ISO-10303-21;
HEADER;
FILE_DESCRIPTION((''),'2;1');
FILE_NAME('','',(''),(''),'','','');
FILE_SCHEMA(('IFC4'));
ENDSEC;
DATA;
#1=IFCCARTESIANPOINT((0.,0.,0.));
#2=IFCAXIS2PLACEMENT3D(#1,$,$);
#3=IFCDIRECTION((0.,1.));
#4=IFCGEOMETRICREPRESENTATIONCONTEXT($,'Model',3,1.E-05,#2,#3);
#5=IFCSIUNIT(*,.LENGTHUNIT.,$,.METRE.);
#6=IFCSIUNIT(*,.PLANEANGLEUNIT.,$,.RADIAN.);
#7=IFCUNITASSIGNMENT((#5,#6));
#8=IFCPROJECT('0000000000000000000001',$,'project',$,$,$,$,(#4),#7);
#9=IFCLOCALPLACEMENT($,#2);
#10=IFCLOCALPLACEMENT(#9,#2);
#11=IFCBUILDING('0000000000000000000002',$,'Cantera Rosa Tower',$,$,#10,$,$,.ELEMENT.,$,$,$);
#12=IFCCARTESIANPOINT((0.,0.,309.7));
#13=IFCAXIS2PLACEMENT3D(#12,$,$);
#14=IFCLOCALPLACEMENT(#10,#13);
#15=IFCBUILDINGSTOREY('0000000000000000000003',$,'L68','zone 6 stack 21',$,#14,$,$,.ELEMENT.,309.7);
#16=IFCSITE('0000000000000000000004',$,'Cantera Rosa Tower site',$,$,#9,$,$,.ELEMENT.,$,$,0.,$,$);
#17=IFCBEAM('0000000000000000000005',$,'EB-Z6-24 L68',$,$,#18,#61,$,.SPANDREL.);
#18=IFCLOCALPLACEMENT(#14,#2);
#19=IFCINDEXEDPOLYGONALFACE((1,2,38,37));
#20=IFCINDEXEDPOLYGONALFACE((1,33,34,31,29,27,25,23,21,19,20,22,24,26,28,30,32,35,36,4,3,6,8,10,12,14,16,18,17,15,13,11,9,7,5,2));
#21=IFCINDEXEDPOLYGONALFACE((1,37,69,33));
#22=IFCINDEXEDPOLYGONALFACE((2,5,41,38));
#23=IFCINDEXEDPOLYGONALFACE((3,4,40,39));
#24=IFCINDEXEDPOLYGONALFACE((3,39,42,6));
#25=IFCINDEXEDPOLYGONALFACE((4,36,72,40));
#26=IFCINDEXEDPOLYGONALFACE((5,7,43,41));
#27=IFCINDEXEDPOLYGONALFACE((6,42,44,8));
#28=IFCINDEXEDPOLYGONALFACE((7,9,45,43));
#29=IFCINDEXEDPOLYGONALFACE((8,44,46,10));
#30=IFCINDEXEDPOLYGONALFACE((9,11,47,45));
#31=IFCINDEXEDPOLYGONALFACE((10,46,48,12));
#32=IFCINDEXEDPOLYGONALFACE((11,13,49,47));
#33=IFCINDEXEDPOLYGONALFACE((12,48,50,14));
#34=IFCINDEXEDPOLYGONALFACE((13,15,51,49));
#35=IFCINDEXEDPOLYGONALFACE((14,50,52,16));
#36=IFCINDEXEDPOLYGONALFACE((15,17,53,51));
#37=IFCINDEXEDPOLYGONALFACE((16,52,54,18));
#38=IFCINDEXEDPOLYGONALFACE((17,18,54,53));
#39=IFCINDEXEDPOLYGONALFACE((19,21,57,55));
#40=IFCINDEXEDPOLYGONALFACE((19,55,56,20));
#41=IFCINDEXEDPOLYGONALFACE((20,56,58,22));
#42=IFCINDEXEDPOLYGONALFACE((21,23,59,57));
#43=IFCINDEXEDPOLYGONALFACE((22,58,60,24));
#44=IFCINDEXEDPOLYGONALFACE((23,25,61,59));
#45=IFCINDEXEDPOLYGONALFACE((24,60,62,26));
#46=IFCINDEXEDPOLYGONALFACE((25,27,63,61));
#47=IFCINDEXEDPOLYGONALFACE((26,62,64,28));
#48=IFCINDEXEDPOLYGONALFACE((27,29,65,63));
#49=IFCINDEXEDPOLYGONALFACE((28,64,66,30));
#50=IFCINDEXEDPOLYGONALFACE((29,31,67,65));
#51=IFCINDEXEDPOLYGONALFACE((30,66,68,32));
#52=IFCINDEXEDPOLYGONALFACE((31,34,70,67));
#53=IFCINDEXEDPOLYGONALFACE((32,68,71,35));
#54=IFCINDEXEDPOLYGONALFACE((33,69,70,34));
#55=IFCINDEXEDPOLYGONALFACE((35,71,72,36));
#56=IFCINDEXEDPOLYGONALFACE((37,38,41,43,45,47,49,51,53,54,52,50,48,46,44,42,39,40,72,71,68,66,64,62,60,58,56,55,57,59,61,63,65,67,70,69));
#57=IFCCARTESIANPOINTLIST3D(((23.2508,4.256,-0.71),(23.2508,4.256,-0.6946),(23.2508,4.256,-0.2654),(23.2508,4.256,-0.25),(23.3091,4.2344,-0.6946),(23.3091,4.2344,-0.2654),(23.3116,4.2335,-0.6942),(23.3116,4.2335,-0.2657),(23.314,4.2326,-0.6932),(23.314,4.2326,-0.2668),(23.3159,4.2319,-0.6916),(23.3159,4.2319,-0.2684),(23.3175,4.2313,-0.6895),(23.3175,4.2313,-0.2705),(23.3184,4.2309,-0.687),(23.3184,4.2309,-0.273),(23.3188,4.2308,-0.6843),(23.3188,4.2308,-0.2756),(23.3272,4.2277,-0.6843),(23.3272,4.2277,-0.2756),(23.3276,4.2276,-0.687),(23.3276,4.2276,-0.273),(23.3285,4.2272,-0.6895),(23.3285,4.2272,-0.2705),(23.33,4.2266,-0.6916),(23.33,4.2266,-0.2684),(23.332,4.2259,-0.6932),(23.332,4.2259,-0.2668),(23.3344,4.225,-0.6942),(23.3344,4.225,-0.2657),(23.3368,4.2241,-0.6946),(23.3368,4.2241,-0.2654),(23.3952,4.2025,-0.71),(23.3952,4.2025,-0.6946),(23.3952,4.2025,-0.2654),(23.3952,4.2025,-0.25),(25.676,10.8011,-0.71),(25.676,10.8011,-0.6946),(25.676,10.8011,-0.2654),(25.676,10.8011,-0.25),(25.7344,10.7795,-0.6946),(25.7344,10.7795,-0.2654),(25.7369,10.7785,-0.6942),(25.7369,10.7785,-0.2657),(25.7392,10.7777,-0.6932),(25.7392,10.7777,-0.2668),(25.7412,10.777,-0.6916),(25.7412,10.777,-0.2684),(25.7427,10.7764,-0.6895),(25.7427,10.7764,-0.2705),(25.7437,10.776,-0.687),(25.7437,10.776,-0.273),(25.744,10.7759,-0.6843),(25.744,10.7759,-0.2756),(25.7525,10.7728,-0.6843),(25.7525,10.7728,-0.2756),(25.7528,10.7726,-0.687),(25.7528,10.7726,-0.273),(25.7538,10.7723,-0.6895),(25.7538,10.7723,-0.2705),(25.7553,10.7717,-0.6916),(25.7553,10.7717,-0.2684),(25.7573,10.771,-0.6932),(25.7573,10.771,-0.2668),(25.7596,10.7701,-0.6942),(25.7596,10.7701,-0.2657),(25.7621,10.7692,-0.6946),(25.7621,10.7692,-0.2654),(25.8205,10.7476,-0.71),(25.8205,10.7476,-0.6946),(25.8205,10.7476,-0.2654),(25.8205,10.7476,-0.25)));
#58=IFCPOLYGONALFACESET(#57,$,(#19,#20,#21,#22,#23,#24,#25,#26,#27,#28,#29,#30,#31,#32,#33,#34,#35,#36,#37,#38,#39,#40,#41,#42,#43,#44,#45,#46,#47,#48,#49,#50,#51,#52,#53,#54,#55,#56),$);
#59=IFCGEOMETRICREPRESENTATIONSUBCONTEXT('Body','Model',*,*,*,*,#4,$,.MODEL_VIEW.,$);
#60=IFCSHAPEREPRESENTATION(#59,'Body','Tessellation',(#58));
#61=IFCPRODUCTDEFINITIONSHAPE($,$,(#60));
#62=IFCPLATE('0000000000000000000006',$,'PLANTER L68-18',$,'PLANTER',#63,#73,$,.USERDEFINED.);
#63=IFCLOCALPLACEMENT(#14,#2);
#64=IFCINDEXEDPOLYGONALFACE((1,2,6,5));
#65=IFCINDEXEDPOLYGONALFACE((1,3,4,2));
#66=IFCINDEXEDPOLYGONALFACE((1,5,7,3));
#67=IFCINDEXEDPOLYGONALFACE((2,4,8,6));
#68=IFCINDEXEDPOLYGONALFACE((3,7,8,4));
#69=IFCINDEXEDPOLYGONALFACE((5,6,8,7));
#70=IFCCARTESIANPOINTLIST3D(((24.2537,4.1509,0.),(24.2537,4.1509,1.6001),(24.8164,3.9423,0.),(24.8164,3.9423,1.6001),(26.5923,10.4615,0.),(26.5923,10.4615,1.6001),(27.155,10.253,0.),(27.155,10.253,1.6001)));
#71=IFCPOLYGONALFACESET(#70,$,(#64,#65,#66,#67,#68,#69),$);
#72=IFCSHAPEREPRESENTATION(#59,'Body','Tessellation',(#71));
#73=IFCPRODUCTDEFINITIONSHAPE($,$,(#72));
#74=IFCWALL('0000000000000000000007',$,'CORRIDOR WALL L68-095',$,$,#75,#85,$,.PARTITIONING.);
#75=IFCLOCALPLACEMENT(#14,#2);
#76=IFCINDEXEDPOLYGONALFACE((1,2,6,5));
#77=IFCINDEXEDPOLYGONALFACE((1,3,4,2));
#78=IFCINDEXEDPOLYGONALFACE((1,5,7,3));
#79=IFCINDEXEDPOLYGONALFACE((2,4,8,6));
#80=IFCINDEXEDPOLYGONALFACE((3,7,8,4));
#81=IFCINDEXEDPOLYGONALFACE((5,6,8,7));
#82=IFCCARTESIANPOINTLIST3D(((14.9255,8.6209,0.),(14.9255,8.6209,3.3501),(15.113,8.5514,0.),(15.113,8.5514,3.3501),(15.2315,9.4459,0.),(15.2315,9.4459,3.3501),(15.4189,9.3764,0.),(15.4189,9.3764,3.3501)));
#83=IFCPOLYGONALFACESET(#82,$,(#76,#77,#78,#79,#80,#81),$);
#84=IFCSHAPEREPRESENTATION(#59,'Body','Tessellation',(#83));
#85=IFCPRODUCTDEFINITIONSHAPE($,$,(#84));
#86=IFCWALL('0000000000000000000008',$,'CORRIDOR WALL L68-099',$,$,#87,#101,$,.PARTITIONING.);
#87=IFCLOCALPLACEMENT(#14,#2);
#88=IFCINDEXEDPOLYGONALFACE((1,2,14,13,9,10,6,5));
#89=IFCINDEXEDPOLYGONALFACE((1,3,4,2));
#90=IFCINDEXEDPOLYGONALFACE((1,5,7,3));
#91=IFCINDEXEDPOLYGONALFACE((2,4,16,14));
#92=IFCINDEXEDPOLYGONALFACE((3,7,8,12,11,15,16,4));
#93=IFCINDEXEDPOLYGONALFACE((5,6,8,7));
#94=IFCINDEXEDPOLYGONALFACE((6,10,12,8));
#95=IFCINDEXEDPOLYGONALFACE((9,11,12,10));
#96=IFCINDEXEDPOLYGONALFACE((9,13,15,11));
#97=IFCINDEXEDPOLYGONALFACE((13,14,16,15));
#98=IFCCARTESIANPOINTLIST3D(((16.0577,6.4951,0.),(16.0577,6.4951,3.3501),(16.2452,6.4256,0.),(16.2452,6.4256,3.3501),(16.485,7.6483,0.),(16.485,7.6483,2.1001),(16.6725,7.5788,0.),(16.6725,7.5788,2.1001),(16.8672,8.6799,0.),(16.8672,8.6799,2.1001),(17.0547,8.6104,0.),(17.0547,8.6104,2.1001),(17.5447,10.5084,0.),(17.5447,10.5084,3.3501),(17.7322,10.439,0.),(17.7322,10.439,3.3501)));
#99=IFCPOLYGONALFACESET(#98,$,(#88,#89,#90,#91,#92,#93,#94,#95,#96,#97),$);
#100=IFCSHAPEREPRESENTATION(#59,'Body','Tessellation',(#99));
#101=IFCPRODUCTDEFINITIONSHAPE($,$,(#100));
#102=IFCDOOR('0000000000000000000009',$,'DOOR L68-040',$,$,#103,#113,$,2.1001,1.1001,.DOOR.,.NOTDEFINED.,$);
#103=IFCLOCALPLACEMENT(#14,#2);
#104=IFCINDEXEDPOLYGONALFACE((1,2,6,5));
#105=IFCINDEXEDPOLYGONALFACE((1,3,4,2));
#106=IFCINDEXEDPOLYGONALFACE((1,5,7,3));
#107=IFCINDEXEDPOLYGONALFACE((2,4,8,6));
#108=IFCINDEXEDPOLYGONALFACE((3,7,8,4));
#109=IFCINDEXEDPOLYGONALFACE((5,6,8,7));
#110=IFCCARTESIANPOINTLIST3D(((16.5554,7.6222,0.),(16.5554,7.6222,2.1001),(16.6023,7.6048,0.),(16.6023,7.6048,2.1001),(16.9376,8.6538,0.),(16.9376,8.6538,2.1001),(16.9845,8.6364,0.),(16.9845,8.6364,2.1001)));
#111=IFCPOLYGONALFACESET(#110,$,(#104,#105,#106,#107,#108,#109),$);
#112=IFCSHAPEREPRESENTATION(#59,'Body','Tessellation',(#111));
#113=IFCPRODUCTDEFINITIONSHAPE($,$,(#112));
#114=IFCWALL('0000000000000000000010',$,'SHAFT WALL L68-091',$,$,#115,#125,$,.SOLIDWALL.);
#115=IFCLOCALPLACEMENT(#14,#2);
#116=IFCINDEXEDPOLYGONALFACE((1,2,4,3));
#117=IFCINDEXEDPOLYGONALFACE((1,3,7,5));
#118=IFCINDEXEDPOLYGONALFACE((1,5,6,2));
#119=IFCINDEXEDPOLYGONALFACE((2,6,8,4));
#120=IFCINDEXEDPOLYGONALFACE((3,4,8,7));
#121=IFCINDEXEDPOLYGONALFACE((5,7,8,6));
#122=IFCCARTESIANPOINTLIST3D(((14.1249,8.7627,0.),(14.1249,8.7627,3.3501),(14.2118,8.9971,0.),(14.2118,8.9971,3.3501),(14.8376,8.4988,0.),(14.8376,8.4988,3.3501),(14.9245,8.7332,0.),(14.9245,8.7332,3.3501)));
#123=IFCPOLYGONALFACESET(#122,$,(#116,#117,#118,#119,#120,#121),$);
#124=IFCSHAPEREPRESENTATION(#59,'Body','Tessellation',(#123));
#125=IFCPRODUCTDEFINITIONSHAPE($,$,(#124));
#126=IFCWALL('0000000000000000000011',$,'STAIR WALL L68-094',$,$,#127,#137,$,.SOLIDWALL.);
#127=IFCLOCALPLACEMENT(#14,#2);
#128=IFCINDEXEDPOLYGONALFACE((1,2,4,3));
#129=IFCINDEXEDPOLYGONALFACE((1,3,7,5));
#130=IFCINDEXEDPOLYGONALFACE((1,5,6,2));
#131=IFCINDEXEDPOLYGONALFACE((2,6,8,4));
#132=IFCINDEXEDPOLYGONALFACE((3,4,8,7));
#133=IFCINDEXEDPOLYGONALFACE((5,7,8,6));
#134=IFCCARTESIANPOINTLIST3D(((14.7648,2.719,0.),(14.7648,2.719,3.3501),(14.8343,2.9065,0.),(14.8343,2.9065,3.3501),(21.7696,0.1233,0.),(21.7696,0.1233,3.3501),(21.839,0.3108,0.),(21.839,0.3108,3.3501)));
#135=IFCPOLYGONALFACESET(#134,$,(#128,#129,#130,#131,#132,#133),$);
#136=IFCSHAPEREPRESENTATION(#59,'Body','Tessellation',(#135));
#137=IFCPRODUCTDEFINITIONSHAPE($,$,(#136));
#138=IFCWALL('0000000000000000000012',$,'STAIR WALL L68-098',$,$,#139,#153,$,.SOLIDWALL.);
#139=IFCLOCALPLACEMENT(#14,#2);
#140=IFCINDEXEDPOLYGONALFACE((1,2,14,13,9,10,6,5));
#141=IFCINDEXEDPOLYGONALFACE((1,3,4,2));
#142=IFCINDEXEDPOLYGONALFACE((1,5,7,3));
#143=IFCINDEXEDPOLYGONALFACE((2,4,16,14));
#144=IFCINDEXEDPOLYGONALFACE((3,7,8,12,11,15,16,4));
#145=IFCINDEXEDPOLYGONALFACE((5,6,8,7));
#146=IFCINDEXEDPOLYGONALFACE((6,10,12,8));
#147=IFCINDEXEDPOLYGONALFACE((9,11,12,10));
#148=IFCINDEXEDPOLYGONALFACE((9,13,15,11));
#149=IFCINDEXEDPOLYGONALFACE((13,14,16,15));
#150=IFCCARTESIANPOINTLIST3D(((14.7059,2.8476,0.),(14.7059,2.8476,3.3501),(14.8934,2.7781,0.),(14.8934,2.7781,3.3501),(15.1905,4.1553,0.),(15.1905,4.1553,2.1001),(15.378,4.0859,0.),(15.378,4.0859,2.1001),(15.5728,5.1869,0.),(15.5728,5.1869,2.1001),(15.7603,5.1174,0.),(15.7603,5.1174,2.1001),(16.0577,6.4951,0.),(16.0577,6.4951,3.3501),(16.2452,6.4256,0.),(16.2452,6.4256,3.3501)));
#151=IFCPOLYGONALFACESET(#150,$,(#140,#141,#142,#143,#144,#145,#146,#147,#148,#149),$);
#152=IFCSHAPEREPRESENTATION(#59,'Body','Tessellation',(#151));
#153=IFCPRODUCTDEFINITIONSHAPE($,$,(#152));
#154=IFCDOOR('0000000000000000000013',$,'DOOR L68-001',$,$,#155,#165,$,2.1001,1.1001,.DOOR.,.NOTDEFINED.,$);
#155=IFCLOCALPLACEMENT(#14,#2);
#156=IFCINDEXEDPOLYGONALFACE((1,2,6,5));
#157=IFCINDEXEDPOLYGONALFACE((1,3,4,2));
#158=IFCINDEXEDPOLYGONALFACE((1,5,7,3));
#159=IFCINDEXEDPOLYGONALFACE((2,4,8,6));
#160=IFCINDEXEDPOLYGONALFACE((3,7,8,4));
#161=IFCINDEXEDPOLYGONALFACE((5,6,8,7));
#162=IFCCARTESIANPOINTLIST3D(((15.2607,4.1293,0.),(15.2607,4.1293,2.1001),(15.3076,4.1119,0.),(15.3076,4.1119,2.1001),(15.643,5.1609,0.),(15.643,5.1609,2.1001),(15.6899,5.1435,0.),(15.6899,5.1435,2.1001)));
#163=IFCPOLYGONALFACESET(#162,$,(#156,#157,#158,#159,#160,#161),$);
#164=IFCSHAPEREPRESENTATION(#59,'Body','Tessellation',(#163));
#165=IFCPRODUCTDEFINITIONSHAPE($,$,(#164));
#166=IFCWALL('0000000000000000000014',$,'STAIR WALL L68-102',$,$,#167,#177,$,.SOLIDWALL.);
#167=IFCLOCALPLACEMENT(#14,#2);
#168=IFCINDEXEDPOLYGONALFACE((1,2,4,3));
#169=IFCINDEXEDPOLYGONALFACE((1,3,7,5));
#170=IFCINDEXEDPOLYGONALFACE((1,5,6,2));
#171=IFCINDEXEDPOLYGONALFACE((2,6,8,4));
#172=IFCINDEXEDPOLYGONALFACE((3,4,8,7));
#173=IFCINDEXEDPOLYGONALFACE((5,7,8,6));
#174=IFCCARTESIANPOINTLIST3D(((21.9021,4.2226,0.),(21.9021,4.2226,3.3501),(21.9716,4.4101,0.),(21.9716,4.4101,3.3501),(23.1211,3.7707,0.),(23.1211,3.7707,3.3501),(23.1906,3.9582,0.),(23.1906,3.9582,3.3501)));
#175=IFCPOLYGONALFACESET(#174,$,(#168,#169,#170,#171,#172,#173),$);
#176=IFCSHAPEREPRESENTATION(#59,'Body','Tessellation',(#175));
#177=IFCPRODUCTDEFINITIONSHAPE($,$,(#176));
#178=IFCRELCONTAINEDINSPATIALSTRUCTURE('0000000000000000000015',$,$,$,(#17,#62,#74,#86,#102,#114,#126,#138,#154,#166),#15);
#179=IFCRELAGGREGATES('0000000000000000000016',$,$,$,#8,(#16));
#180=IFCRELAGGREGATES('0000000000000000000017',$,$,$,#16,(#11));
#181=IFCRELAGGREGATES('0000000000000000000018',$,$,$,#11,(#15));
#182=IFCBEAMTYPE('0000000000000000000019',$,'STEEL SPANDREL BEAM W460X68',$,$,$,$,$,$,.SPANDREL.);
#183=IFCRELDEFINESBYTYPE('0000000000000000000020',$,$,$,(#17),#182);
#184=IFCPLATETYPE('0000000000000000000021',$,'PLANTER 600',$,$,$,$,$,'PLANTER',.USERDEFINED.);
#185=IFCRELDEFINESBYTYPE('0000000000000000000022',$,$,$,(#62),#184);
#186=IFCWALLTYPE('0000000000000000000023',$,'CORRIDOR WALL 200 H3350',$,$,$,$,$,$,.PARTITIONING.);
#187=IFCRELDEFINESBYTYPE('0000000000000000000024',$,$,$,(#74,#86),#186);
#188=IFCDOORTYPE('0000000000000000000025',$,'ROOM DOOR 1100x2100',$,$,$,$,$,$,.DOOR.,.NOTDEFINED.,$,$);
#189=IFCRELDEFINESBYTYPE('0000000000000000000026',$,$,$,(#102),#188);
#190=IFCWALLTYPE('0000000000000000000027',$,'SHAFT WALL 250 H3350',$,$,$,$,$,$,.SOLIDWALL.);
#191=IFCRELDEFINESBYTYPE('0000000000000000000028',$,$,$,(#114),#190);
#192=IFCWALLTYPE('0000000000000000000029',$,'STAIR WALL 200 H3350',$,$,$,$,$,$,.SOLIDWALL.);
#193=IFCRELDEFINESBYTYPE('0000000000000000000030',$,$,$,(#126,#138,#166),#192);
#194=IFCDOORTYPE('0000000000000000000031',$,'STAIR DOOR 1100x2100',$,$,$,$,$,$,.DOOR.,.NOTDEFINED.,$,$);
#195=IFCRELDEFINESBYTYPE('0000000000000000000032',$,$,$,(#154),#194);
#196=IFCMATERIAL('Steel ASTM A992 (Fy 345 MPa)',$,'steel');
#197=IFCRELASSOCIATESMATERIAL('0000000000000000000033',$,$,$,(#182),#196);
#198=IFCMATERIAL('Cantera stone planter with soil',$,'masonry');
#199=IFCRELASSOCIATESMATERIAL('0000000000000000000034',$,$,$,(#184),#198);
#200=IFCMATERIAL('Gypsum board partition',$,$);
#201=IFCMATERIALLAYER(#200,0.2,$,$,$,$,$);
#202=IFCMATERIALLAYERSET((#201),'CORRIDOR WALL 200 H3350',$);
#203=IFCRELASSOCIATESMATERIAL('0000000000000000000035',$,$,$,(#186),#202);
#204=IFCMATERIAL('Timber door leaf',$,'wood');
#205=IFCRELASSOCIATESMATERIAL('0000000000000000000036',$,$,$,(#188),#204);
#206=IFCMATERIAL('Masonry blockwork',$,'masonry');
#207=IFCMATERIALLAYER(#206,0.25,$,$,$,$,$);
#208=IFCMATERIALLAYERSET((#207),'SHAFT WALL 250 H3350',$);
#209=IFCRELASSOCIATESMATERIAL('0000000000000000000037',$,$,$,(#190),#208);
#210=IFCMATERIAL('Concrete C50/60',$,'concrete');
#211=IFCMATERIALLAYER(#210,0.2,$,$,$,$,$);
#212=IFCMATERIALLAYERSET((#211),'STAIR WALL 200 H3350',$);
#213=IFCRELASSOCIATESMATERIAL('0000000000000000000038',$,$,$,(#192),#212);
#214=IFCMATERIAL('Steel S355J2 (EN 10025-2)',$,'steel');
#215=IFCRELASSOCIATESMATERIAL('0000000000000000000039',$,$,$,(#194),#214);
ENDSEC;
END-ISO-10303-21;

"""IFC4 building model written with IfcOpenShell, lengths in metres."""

from ifc_helpers import new_model, si_unit, direction, frame, frame_2d, origin, origin_2d, place, context, subcontext, project, spatial, rectangle, i_section, extrude, material, layer, layer_set, material_profile, profile_set, type_object, element, fill, save


model = new_model("IFC4")

# Units and contexts
model_context = context("Model", 3, precision=1e-05, world=origin(), true_north=direction((0.0, 1.0)))
body_context = subcontext(model_context, "Body", "Model", "MODEL_VIEW")
ifc_project = project(units=[si_unit("LENGTHUNIT", "METRE"), si_unit("PLANEANGLEUNIT", "RADIAN")], contexts=[model_context])

# Site, building, storey
site_placement = place(None, origin())
site = spatial("IfcSite", under=ifc_project, at=site_placement, Name="Cantera Rosa Tower site", CompositionType="ELEMENT", RefElevation=0.0)
building_placement = place(site_placement, origin())
building = spatial("IfcBuilding", under=site, at=building_placement, Name="Cantera Rosa Tower", CompositionType="ELEMENT")
storey_placement = place(building_placement, frame((0.0, 0.0, 309.7)))
storey = spatial("IfcBuildingStorey", under=building, at=storey_placement, Name="L68", Description="zone 6 stack 21", CompositionType="ELEMENT", Elevation=309.7)

# Beam
ifc_material_1 = material(Name="Steel ASTM A992 (Fy 345 MPa)", Category="steel")
ifc_material_profile_1 = material_profile(ifc_material_1, i_section(OverallWidth=0.1541, OverallDepth=0.46, WebThickness=0.009, FlangeThickness=0.0154, FilletRadius=0.0103, at=origin_2d()), Name="W460X68")
ifc_profile_set_1 = profile_set([ifc_material_profile_1], Name="Steel ASTM A992 (Fy 345 MPa)")
beam_type_1 = type_object("IfcBeamType", Name="STEEL SPANDREL BEAM W460X68", PredefinedType="SPANDREL", material=ifc_profile_set_1)
beam_1_placement = place(storey_placement, frame((23.323, 4.2292, -0.48), z_axis=(0.34746, 0.937695, 0.0), x_axis=(-0.937695, 0.34746, 0.0)))
element("IfcBeam", 1, at=beam_1_placement, inside=storey, type_object=beam_type_1, Name="EB-Z6-24 L68", PredefinedType="SPANDREL", context=body_context, shape_type="SweptSolid", body=[
    extrude(i_section(OverallWidth=0.1541, OverallDepth=0.46, WebThickness=0.009, FlangeThickness=0.0154, FilletRadius=0.0103, at=origin_2d()), origin(), (0.0, 0.0, 1.0), 6.98),
])

# Plate
ifc_material_2 = material(Name="Cantera stone planter with soil", Category="masonry")
plate_type = type_object("IfcPlateType", Name="PLANTER 600", ElementType="PLANTER", PredefinedType="USERDEFINED", material=ifc_material_2)
plate_placement = place(storey_placement, frame((25.7043, 7.2019, 0.0), z_axis=(0.0, 0.0, 1.0), x_axis=(0.347481, 0.937687, 0.0)))
element("IfcPlate", 2, at=plate_placement, inside=storey, type_object=plate_type, Name="PLANTER L68-18", ObjectType="PLANTER", PredefinedType="USERDEFINED", context=body_context, shape_type="SweptSolid", body=[
    extrude(rectangle(XDim=6.73, YDim=0.6001, at=origin_2d()), origin(), (0.0, 0.0, 1.0), 1.6001),
])

# Wall
ifc_material_3 = material(Name="Gypsum board partition")
ifc_layer_1 = layer(ifc_material_3, 0.2)
ifc_layer_set_1 = layer_set([ifc_layer_1], Name="CORRIDOR WALL 200 H3350")
wall_type_1 = type_object("IfcWallType", Name="CORRIDOR WALL 200 H3350", PredefinedType="PARTITIONING", material=ifc_layer_set_1)
wall_1_placement = place(storey_placement, frame((15.0193, 8.5862, 0.0), z_axis=(0.0, 0.0, 1.0), x_axis=(0.347685, 0.937611, 0.0)))
element("IfcWall", 3, at=wall_1_placement, inside=storey, type_object=wall_type_1, Name="CORRIDOR WALL L68-095", PredefinedType="PARTITIONING", context=body_context, shape_type="SweptSolid", body=[
    extrude(rectangle(XDim=0.8799, YDim=0.2, at=frame_2d((0.4399, 0.0))), origin(), (0.0, 0.0, 1.0), 3.3501),
])

# Wall, opening, door
wall_2_placement = place(storey_placement, frame((16.1514, 6.4602, 0.0), z_axis=(0.0, 0.0, 1.0), x_axis=(0.347439, 0.937703, 0.0)))
wall_2 = element("IfcWall", 4, at=wall_2_placement, inside=storey, type_object=wall_type_1, Name="CORRIDOR WALL L68-099", PredefinedType="PARTITIONING", context=body_context, shape_type="SweptSolid", body=[
    extrude(rectangle(XDim=4.28, YDim=0.2, at=frame_2d((2.1401, 0.0))), origin(), (0.0, 0.0, 1.0), 3.3501),
])
opening_1_placement = place(wall_2_placement, frame((1.23, 0.0, 0.0)))
opening_1 = element("IfcOpeningElement", 5, at=opening_1_placement, cuts=wall_2, PredefinedType="OPENING", context=body_context, shape_type="SweptSolid", body=[
    extrude(rectangle(XDim=1.1001, YDim=2.1001, at=frame_2d((0.55, 1.05))), frame((0.0, 0.1099, 0.0), z_axis=(0.0, -1.0, 0.0), x_axis=(1.0, 0.0, 0.0)), (0.0, 0.0, 1.0), 0.22),
])
ifc_material_4 = material(Name="Timber door leaf", Category="wood")
door_type_1 = type_object("IfcDoorType", Name="ROOM DOOR 1100x2100", OperationType="NOTDEFINED", PredefinedType="DOOR", material=ifc_material_4)
door_1_placement = place(opening_1_placement, origin())
door_1 = element("IfcDoor", 6, at=door_1_placement, inside=storey, type_object=door_type_1, Name="DOOR L68-040", OperationType="NOTDEFINED", OverallHeight=2.1001, OverallWidth=1.1001, PredefinedType="DOOR", context=body_context, shape_type="SweptSolid", body=[
    extrude(rectangle(XDim=1.1001, YDim=2.1001, at=frame_2d((0.55, 1.05))), frame((0.0, 0.0249, 0.0), z_axis=(0.0, -1.0, 0.0), x_axis=(1.0, 0.0, 0.0)), (0.0, 0.0, 1.0), 0.05),
])
fill(opening_1, door_1)

# Walls
ifc_material_5 = material(Name="Masonry blockwork", Category="masonry")
ifc_layer_2 = layer(ifc_material_5, 0.25)
ifc_layer_set_2 = layer_set([ifc_layer_2], Name="SHAFT WALL 250 H3350")
wall_type_2 = type_object("IfcWallType", Name="SHAFT WALL 250 H3350", PredefinedType="SOLIDWALL", material=ifc_layer_set_2)
wall_3_placement = place(storey_placement, frame((14.1685, 8.8799, 0.0), z_axis=(0.0, 0.0, 1.0), x_axis=(0.93776, -0.347283, 0.0)))
element("IfcWall", 7, at=wall_3_placement, inside=storey, type_object=wall_type_2, Name="SHAFT WALL L68-091", PredefinedType="SOLIDWALL", context=body_context, shape_type="SweptSolid", body=[
    extrude(rectangle(XDim=0.76, YDim=0.25, at=frame_2d((0.3799, 0.0))), origin(), (0.0, 0.0, 1.0), 3.3501),
])
ifc_material_6 = material(Name="Concrete C50/60", Category="concrete")
ifc_layer_3 = layer(ifc_material_6, 0.2)
ifc_layer_set_3 = layer_set([ifc_layer_3], Name="STAIR WALL 200 H3350")
wall_type_3 = type_object("IfcWallType", Name="STAIR WALL 200 H3350", PredefinedType="SOLIDWALL", material=ifc_layer_set_3)
wall_4_placement = place(storey_placement, frame((14.7996, 2.8127, 0.0), z_axis=(0.0, 0.0, 1.0), x_axis=(0.937688, -0.347478, 0.0)))
element("IfcWall", 8, at=wall_4_placement, inside=storey, type_object=wall_type_3, Name="STAIR WALL L68-094", PredefinedType="SOLIDWALL", context=body_context, shape_type="SweptSolid", body=[
    extrude(rectangle(XDim=7.4702, YDim=0.2, at=frame_2d((3.7351, 0.0))), origin(), (0.0, 0.0, 1.0), 3.3501),
])

# Wall, opening, door
wall_5_placement = place(storey_placement, frame((16.1514, 6.4602, 0.0), z_axis=(0.0, 0.0, 1.0), x_axis=(-0.347517, -0.937674, 0.0)))
wall_5 = element("IfcWall", 9, at=wall_5_placement, inside=storey, type_object=wall_type_3, Name="STAIR WALL L68-098", PredefinedType="SOLIDWALL", context=body_context, shape_type="SweptSolid", body=[
    extrude(rectangle(XDim=3.8899, YDim=0.2, at=frame_2d((1.9448, 0.0))), origin(), (0.0, 0.0, 1.0), 3.3501),
])
opening_2_placement = place(wall_5_placement, frame((1.395, 0.0, 0.0)))
opening_2 = element("IfcOpeningElement", 10, at=opening_2_placement, cuts=wall_5, PredefinedType="OPENING", context=body_context, shape_type="SweptSolid", body=[
    extrude(rectangle(XDim=1.1001, YDim=2.1001, at=frame_2d((0.55, 1.05))), frame((0.0, 0.1099, 0.0), z_axis=(0.0, -1.0, 0.0), x_axis=(1.0, 0.0, 0.0)), (0.0, 0.0, 1.0), 0.22),
])
ifc_material_7 = material(Name="Steel S355J2 (EN 10025-2)", Category="steel")
door_type_2 = type_object("IfcDoorType", Name="STAIR DOOR 1100x2100", OperationType="NOTDEFINED", PredefinedType="DOOR", material=ifc_material_7)
door_2_placement = place(opening_2_placement, origin())
door_2 = element("IfcDoor", 11, at=door_2_placement, inside=storey, type_object=door_type_2, Name="DOOR L68-001", OperationType="NOTDEFINED", OverallHeight=2.1001, OverallWidth=1.1001, PredefinedType="DOOR", context=body_context, shape_type="SweptSolid", body=[
    extrude(rectangle(XDim=1.1001, YDim=2.1001, at=frame_2d((0.55, 1.05))), frame((0.0, 0.0249, 0.0), z_axis=(0.0, -1.0, 0.0), x_axis=(1.0, 0.0, 0.0)), (0.0, 0.0, 1.0), 0.05),
])
fill(opening_2, door_2)

# Wall
wall_6_placement = place(storey_placement, frame((23.1558, 3.8645, 0.0), z_axis=(0.0, 0.0, 1.0), x_axis=(-0.937642, 0.347602, 0.0)))
element("IfcWall", 12, at=wall_6_placement, inside=storey, type_object=wall_type_3, Name="STAIR WALL L68-102", PredefinedType="SOLIDWALL", context=body_context, shape_type="SweptSolid", body=[
    extrude(rectangle(XDim=1.3, YDim=0.2, at=frame_2d((0.6499, 0.0))), origin(), (0.0, 0.0, 1.0), 3.3501),
])

save(model, "model.ifc")
